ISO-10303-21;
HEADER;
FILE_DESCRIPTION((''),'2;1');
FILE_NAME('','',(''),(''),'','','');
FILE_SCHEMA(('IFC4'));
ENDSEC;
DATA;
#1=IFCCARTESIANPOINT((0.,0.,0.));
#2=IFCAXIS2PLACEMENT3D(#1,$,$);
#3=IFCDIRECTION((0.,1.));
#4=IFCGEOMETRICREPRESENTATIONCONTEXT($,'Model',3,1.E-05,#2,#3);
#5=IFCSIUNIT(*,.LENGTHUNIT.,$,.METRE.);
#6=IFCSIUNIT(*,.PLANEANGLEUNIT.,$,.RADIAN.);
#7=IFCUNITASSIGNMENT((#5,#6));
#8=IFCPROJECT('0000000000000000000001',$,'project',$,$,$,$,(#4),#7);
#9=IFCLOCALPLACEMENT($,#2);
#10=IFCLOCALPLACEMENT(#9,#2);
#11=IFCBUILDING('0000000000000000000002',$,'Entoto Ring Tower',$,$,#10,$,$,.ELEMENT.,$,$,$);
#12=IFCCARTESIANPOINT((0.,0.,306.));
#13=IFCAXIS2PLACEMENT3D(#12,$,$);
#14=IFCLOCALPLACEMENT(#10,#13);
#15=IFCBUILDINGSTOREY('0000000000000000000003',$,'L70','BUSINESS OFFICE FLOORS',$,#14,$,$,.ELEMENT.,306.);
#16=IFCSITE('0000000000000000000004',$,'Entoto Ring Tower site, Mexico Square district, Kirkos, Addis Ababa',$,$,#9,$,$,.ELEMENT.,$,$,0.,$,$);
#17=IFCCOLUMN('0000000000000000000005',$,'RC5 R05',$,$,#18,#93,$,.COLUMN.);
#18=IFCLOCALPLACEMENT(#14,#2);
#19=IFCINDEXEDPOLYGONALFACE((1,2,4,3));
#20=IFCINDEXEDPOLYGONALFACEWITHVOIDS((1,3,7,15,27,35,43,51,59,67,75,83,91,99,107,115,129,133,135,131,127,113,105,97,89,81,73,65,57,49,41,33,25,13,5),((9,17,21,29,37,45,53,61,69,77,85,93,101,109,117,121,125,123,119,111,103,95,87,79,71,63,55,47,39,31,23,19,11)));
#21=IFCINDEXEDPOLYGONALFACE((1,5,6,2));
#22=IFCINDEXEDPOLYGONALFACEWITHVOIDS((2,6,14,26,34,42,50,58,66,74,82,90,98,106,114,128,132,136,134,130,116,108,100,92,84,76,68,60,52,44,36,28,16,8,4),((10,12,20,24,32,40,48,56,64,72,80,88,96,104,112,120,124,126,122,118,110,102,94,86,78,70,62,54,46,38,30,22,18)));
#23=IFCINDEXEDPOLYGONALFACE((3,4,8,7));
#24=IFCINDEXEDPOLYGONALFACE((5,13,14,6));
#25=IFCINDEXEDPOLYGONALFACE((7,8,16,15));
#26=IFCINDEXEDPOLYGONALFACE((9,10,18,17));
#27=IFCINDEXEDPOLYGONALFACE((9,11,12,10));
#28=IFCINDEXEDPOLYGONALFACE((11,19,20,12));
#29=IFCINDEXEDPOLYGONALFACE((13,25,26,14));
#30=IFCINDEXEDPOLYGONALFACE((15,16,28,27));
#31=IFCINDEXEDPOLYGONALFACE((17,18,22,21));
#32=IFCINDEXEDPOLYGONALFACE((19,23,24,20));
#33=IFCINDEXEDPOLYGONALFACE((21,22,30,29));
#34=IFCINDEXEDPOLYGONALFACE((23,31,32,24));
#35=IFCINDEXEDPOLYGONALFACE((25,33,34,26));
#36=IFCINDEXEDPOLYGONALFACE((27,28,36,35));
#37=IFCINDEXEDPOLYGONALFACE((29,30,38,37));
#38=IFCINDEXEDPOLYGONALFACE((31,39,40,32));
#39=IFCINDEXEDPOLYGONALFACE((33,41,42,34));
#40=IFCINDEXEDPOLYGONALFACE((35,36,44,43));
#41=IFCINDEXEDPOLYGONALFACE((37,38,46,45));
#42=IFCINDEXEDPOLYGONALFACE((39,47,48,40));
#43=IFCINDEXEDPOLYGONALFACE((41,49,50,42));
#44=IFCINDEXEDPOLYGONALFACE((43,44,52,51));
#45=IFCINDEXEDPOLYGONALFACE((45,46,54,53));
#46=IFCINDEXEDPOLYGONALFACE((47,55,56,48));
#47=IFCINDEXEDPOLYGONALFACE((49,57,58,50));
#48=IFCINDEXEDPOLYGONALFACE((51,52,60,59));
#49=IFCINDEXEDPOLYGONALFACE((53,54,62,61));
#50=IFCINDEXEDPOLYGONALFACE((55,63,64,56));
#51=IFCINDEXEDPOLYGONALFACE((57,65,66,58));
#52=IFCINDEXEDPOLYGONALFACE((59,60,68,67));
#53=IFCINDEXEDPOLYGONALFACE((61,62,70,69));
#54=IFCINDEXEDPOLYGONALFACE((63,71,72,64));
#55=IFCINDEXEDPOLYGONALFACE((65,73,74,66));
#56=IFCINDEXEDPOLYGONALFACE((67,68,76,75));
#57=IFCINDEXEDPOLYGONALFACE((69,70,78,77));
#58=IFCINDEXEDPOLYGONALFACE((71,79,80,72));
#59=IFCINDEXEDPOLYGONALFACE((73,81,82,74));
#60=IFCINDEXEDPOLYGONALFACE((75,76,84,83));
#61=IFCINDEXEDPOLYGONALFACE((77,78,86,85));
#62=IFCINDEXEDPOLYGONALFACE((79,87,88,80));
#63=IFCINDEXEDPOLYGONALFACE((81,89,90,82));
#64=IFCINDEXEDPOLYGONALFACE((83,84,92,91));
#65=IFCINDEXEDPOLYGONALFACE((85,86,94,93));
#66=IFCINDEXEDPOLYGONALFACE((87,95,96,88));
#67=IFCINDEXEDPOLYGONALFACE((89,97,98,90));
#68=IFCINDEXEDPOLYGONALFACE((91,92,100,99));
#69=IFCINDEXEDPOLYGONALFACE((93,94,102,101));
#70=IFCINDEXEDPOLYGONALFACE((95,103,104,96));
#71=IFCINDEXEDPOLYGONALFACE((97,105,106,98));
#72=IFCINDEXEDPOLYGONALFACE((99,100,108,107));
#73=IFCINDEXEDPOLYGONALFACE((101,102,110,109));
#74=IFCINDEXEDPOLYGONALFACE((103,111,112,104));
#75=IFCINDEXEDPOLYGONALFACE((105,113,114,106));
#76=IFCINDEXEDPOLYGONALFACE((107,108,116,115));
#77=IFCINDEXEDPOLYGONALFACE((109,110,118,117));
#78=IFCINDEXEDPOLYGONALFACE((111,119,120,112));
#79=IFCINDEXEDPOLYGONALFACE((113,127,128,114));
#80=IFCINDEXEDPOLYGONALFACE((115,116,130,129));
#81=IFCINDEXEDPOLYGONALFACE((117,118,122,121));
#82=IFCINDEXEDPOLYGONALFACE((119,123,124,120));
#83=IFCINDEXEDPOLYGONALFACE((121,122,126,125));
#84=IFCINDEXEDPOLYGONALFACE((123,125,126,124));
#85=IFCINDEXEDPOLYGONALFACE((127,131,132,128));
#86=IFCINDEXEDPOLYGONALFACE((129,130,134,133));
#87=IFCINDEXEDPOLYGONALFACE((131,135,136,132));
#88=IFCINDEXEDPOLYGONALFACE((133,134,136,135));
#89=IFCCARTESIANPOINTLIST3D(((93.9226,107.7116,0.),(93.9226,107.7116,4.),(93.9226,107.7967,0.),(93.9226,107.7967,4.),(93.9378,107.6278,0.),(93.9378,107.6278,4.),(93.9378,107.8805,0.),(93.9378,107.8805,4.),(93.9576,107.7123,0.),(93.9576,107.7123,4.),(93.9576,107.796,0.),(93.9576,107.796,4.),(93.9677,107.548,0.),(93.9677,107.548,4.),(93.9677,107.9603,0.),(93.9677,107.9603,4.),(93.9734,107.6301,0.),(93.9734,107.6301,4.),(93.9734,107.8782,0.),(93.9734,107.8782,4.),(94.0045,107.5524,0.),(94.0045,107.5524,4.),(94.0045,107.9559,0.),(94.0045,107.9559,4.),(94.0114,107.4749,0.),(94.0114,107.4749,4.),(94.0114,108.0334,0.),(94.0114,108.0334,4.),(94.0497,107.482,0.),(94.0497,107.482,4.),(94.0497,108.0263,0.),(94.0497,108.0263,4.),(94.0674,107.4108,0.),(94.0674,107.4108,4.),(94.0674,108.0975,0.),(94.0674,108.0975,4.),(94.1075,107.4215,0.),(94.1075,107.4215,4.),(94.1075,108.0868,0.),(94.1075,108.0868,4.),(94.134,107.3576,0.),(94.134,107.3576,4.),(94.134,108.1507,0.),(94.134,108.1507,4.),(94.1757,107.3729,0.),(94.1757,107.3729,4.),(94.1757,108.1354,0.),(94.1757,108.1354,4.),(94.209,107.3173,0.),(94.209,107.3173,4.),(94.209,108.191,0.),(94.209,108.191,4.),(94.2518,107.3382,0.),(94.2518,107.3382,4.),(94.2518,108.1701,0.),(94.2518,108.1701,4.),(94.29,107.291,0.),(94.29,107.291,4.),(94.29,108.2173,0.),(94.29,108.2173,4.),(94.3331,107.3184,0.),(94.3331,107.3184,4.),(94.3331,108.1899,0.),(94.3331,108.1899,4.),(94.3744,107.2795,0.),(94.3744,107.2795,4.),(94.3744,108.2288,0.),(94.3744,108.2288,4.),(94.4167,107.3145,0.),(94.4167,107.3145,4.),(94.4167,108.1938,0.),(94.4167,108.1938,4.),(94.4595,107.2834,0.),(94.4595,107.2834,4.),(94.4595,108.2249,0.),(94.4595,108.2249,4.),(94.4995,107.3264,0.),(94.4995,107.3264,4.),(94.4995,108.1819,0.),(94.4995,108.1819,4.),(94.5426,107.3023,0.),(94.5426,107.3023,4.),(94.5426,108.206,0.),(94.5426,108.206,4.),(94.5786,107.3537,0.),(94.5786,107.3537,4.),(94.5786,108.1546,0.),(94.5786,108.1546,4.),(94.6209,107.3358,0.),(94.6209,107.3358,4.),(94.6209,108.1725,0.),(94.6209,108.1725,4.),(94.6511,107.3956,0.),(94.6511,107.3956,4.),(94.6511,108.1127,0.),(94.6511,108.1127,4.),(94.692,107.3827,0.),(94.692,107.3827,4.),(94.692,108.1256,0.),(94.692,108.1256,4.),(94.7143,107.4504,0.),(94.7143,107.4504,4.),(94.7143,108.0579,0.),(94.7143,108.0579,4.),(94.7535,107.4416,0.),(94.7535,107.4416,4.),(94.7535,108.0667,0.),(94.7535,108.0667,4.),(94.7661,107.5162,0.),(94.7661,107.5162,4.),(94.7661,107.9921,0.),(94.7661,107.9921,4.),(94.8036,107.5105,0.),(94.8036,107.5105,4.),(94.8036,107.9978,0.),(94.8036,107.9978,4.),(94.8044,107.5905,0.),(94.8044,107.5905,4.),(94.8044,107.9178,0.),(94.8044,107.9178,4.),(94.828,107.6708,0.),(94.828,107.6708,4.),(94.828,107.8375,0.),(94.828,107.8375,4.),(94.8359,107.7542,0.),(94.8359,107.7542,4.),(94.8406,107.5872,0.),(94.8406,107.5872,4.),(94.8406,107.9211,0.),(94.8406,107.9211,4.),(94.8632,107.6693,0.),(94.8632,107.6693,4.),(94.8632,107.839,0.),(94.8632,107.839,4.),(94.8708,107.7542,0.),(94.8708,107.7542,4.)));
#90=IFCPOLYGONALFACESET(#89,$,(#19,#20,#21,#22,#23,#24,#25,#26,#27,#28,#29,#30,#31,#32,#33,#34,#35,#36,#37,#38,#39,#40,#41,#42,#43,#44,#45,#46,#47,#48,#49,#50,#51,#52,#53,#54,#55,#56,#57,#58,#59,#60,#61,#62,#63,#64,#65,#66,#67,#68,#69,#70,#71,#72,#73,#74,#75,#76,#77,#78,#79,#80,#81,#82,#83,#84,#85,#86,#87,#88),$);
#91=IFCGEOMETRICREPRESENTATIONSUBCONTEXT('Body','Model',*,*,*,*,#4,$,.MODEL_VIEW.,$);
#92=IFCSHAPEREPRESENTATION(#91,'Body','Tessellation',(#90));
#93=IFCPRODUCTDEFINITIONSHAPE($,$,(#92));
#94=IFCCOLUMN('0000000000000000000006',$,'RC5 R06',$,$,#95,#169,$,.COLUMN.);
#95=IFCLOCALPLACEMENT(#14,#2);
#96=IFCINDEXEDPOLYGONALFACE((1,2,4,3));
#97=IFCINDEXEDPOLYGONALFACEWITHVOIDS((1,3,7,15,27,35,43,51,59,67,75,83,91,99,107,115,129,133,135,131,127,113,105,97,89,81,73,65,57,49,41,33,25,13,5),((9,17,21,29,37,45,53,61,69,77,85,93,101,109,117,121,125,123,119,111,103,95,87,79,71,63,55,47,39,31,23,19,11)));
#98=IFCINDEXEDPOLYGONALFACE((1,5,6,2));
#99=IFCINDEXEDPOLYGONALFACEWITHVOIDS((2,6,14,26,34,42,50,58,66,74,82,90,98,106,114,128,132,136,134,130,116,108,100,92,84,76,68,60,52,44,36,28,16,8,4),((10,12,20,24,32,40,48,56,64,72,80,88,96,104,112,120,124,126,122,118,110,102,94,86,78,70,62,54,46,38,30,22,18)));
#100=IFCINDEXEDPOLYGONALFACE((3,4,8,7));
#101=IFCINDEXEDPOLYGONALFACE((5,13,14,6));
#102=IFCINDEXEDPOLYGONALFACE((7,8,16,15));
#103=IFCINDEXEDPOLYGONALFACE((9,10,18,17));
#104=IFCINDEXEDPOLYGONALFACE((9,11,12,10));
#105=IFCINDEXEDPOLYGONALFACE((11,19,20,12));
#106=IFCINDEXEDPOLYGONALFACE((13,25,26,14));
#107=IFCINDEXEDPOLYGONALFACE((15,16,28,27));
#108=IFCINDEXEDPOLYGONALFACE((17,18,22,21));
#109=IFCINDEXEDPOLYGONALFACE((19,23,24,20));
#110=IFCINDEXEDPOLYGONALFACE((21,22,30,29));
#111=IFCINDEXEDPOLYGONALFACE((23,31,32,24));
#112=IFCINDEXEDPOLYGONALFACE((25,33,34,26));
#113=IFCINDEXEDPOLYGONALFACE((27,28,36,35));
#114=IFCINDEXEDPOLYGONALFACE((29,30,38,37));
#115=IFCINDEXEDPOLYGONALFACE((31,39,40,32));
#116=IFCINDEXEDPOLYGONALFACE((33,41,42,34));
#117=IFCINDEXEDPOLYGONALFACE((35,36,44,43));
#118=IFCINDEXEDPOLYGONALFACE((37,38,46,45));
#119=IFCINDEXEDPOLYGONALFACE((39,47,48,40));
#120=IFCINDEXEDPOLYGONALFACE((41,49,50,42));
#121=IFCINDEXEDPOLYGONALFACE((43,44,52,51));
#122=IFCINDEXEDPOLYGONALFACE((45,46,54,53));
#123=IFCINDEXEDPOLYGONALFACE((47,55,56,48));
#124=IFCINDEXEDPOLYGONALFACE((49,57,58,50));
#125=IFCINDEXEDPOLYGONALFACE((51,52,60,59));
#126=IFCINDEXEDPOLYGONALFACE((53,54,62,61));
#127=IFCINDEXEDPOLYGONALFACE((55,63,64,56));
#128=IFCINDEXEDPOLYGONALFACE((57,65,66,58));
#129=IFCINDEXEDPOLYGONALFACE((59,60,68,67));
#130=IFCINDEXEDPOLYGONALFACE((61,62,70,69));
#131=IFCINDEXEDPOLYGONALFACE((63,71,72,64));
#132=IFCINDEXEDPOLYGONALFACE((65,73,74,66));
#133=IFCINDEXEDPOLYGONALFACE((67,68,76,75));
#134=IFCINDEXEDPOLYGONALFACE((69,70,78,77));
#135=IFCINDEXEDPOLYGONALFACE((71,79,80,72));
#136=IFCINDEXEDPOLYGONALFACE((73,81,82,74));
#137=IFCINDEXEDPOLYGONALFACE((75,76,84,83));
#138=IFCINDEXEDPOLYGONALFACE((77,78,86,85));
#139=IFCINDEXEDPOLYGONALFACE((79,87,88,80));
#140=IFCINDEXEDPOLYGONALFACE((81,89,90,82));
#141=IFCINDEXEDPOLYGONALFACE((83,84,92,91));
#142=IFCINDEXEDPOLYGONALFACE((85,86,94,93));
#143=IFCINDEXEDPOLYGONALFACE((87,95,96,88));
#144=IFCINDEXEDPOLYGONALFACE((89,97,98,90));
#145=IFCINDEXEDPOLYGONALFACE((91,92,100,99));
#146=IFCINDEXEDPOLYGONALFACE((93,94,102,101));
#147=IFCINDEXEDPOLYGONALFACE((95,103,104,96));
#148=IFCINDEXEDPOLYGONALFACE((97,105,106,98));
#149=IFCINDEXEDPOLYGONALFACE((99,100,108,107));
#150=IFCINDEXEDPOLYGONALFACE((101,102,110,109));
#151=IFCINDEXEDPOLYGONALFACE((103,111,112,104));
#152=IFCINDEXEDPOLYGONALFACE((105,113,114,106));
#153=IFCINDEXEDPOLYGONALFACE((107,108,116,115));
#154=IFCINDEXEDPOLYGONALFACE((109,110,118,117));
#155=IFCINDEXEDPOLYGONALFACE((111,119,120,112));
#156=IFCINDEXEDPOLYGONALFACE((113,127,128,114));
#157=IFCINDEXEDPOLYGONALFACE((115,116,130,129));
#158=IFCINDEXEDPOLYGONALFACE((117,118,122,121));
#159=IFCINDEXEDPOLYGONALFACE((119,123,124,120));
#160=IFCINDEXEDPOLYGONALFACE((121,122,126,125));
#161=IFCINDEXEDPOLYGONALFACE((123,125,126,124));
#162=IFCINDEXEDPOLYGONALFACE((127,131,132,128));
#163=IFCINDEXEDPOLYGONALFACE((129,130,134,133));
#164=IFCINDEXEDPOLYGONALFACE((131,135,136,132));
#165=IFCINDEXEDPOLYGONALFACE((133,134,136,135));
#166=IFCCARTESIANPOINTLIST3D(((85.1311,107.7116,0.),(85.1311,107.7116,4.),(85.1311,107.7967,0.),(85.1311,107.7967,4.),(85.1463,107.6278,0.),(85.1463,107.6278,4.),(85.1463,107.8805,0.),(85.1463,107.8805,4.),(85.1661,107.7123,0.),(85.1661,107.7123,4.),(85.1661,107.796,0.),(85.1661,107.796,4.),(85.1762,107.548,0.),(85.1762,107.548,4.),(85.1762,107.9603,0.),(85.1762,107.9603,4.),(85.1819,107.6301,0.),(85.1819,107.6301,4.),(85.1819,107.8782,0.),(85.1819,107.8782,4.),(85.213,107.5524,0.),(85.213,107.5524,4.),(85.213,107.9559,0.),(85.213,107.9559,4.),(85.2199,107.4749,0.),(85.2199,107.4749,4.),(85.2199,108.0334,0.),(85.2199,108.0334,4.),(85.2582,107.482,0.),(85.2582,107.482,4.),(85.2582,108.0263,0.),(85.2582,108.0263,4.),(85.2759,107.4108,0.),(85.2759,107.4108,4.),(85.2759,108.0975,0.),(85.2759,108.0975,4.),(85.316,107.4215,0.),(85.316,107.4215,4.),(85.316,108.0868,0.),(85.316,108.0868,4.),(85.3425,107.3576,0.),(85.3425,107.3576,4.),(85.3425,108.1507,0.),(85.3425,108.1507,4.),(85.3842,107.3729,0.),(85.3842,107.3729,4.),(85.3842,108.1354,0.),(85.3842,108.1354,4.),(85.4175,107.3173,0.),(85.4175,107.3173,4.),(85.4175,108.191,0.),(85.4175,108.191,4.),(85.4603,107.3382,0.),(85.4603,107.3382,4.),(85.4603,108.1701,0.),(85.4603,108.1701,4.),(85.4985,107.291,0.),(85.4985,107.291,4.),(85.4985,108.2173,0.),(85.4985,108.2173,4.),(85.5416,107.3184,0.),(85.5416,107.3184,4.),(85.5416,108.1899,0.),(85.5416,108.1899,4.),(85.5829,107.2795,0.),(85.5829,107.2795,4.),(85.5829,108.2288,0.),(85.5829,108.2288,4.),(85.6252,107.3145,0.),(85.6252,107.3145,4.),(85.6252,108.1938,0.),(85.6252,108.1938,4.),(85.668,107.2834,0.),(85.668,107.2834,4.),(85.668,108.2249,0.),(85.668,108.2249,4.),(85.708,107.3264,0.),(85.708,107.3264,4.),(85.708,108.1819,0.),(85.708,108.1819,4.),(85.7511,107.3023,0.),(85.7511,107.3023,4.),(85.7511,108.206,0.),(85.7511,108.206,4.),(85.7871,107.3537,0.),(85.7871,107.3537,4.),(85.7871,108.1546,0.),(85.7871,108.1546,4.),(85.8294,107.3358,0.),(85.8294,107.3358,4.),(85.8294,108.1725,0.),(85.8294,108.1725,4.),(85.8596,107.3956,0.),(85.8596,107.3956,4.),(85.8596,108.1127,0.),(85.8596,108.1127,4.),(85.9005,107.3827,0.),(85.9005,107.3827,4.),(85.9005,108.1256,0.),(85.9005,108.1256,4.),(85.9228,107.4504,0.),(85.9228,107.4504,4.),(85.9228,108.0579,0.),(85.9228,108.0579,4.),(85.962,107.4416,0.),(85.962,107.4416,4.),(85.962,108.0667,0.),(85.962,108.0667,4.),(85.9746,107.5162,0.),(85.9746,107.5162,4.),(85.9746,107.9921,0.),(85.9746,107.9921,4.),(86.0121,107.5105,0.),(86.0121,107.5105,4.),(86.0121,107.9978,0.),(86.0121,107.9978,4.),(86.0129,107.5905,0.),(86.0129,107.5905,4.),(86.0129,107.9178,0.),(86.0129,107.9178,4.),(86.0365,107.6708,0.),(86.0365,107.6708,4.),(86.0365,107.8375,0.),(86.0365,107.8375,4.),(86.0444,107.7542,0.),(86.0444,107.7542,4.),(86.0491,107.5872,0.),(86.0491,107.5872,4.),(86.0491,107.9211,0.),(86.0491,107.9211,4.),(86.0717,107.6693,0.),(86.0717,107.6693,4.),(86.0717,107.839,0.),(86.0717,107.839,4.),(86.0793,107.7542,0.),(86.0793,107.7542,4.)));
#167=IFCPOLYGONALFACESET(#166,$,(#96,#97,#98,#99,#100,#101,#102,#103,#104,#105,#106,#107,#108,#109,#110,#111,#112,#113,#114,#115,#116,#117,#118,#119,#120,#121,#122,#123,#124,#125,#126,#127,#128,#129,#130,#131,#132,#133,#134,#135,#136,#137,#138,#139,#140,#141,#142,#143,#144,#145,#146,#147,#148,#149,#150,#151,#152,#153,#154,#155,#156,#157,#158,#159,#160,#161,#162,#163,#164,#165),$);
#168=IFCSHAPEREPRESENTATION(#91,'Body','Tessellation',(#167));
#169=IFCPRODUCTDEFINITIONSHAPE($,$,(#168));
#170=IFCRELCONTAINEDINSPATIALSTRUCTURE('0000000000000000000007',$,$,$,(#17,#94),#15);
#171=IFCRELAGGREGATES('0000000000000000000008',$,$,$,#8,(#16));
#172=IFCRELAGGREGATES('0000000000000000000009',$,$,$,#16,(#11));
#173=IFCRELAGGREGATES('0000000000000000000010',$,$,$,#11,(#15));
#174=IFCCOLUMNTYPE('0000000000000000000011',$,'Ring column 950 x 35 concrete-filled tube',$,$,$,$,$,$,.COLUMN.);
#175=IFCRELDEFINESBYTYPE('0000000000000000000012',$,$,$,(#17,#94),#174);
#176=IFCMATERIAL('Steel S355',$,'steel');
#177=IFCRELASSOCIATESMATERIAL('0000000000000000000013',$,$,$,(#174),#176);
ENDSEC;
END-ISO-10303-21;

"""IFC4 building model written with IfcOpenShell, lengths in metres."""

from ifc_helpers import new_model, si_unit, direction, frame, origin, origin_2d, place, context, subcontext, project, spatial, circle, hollow_circle, extrude, material, material_profile, profile_set, type_object, element, save


model = new_model("IFC4")

# Units and contexts
model_context = context("Model", 3, precision=1e-05, world=origin(), true_north=direction((0.0, 1.0)))
body_context = subcontext(model_context, "Body", "Model", "MODEL_VIEW")
ifc_project = project(units=[si_unit("LENGTHUNIT", "METRE"), si_unit("PLANEANGLEUNIT", "RADIAN")], contexts=[model_context])

# Site, building, storey
site_placement = place(None, origin())
site = spatial("IfcSite", under=ifc_project, at=site_placement, Name="Entoto Ring Tower site, Mexico Square district, Kirkos, Addis Ababa", CompositionType="ELEMENT", RefElevation=0.0)
building_placement = place(site_placement, origin())
building = spatial("IfcBuilding", under=site, at=building_placement, Name="Entoto Ring Tower", CompositionType="ELEMENT")
storey_placement = place(building_placement, frame((0.0, 0.0, 306.0)))
storey = spatial("IfcBuildingStorey", under=building, at=storey_placement, Name="L70", Description="BUSINESS OFFICE FLOORS", CompositionType="ELEMENT", Elevation=306.0)

# Columns
ifc_material_1 = material(Name="Steel S355", Category="steel")
ifc_material_profile_1 = material_profile(ifc_material_1, hollow_circle(Radius=0.4751, WallThickness=0.0349, at=origin_2d()), Name="CHS 950 x 35")
ifc_material_2 = material(Name="Concrete C60/75", Category="concrete")
ifc_material_profile_2 = material_profile(ifc_material_2, circle(Radius=0.4399, at=origin_2d()), Name="Concrete C60/75 infill")
ifc_profile_set_1 = profile_set([ifc_material_profile_1, ifc_material_profile_2], Name="Steel S355")
column_type = type_object("IfcColumnType", Name="Ring column 950 x 35 concrete-filled tube", PredefinedType="COLUMN", material=ifc_profile_set_1)
for number, where, z_axis, x_axis, name in (
    (1, (94.3958, 107.7542, 0.0), (0.0, 0.0, 1.0), (1.0, 0.0, 0.0), "RC5 R05"),
    (2, (85.6042, 107.7542, 0.0), (0.0, 0.0, 1.0), (1.0, 0.0, 0.0), "RC5 R06"),
):
    element("IfcColumn", number, at=place(storey_placement, frame(where, z_axis=z_axis, x_axis=x_axis)), inside=storey, type_object=column_type, Name=name, PredefinedType="COLUMN", context=body_context, shape_type="SweptSolid", body=[
        extrude(hollow_circle(Radius=0.4751, WallThickness=0.0349, at=origin_2d()), origin(), (0.0, 0.0, 1.0), 4.0),
    ])

save(model, "model.ifc")
